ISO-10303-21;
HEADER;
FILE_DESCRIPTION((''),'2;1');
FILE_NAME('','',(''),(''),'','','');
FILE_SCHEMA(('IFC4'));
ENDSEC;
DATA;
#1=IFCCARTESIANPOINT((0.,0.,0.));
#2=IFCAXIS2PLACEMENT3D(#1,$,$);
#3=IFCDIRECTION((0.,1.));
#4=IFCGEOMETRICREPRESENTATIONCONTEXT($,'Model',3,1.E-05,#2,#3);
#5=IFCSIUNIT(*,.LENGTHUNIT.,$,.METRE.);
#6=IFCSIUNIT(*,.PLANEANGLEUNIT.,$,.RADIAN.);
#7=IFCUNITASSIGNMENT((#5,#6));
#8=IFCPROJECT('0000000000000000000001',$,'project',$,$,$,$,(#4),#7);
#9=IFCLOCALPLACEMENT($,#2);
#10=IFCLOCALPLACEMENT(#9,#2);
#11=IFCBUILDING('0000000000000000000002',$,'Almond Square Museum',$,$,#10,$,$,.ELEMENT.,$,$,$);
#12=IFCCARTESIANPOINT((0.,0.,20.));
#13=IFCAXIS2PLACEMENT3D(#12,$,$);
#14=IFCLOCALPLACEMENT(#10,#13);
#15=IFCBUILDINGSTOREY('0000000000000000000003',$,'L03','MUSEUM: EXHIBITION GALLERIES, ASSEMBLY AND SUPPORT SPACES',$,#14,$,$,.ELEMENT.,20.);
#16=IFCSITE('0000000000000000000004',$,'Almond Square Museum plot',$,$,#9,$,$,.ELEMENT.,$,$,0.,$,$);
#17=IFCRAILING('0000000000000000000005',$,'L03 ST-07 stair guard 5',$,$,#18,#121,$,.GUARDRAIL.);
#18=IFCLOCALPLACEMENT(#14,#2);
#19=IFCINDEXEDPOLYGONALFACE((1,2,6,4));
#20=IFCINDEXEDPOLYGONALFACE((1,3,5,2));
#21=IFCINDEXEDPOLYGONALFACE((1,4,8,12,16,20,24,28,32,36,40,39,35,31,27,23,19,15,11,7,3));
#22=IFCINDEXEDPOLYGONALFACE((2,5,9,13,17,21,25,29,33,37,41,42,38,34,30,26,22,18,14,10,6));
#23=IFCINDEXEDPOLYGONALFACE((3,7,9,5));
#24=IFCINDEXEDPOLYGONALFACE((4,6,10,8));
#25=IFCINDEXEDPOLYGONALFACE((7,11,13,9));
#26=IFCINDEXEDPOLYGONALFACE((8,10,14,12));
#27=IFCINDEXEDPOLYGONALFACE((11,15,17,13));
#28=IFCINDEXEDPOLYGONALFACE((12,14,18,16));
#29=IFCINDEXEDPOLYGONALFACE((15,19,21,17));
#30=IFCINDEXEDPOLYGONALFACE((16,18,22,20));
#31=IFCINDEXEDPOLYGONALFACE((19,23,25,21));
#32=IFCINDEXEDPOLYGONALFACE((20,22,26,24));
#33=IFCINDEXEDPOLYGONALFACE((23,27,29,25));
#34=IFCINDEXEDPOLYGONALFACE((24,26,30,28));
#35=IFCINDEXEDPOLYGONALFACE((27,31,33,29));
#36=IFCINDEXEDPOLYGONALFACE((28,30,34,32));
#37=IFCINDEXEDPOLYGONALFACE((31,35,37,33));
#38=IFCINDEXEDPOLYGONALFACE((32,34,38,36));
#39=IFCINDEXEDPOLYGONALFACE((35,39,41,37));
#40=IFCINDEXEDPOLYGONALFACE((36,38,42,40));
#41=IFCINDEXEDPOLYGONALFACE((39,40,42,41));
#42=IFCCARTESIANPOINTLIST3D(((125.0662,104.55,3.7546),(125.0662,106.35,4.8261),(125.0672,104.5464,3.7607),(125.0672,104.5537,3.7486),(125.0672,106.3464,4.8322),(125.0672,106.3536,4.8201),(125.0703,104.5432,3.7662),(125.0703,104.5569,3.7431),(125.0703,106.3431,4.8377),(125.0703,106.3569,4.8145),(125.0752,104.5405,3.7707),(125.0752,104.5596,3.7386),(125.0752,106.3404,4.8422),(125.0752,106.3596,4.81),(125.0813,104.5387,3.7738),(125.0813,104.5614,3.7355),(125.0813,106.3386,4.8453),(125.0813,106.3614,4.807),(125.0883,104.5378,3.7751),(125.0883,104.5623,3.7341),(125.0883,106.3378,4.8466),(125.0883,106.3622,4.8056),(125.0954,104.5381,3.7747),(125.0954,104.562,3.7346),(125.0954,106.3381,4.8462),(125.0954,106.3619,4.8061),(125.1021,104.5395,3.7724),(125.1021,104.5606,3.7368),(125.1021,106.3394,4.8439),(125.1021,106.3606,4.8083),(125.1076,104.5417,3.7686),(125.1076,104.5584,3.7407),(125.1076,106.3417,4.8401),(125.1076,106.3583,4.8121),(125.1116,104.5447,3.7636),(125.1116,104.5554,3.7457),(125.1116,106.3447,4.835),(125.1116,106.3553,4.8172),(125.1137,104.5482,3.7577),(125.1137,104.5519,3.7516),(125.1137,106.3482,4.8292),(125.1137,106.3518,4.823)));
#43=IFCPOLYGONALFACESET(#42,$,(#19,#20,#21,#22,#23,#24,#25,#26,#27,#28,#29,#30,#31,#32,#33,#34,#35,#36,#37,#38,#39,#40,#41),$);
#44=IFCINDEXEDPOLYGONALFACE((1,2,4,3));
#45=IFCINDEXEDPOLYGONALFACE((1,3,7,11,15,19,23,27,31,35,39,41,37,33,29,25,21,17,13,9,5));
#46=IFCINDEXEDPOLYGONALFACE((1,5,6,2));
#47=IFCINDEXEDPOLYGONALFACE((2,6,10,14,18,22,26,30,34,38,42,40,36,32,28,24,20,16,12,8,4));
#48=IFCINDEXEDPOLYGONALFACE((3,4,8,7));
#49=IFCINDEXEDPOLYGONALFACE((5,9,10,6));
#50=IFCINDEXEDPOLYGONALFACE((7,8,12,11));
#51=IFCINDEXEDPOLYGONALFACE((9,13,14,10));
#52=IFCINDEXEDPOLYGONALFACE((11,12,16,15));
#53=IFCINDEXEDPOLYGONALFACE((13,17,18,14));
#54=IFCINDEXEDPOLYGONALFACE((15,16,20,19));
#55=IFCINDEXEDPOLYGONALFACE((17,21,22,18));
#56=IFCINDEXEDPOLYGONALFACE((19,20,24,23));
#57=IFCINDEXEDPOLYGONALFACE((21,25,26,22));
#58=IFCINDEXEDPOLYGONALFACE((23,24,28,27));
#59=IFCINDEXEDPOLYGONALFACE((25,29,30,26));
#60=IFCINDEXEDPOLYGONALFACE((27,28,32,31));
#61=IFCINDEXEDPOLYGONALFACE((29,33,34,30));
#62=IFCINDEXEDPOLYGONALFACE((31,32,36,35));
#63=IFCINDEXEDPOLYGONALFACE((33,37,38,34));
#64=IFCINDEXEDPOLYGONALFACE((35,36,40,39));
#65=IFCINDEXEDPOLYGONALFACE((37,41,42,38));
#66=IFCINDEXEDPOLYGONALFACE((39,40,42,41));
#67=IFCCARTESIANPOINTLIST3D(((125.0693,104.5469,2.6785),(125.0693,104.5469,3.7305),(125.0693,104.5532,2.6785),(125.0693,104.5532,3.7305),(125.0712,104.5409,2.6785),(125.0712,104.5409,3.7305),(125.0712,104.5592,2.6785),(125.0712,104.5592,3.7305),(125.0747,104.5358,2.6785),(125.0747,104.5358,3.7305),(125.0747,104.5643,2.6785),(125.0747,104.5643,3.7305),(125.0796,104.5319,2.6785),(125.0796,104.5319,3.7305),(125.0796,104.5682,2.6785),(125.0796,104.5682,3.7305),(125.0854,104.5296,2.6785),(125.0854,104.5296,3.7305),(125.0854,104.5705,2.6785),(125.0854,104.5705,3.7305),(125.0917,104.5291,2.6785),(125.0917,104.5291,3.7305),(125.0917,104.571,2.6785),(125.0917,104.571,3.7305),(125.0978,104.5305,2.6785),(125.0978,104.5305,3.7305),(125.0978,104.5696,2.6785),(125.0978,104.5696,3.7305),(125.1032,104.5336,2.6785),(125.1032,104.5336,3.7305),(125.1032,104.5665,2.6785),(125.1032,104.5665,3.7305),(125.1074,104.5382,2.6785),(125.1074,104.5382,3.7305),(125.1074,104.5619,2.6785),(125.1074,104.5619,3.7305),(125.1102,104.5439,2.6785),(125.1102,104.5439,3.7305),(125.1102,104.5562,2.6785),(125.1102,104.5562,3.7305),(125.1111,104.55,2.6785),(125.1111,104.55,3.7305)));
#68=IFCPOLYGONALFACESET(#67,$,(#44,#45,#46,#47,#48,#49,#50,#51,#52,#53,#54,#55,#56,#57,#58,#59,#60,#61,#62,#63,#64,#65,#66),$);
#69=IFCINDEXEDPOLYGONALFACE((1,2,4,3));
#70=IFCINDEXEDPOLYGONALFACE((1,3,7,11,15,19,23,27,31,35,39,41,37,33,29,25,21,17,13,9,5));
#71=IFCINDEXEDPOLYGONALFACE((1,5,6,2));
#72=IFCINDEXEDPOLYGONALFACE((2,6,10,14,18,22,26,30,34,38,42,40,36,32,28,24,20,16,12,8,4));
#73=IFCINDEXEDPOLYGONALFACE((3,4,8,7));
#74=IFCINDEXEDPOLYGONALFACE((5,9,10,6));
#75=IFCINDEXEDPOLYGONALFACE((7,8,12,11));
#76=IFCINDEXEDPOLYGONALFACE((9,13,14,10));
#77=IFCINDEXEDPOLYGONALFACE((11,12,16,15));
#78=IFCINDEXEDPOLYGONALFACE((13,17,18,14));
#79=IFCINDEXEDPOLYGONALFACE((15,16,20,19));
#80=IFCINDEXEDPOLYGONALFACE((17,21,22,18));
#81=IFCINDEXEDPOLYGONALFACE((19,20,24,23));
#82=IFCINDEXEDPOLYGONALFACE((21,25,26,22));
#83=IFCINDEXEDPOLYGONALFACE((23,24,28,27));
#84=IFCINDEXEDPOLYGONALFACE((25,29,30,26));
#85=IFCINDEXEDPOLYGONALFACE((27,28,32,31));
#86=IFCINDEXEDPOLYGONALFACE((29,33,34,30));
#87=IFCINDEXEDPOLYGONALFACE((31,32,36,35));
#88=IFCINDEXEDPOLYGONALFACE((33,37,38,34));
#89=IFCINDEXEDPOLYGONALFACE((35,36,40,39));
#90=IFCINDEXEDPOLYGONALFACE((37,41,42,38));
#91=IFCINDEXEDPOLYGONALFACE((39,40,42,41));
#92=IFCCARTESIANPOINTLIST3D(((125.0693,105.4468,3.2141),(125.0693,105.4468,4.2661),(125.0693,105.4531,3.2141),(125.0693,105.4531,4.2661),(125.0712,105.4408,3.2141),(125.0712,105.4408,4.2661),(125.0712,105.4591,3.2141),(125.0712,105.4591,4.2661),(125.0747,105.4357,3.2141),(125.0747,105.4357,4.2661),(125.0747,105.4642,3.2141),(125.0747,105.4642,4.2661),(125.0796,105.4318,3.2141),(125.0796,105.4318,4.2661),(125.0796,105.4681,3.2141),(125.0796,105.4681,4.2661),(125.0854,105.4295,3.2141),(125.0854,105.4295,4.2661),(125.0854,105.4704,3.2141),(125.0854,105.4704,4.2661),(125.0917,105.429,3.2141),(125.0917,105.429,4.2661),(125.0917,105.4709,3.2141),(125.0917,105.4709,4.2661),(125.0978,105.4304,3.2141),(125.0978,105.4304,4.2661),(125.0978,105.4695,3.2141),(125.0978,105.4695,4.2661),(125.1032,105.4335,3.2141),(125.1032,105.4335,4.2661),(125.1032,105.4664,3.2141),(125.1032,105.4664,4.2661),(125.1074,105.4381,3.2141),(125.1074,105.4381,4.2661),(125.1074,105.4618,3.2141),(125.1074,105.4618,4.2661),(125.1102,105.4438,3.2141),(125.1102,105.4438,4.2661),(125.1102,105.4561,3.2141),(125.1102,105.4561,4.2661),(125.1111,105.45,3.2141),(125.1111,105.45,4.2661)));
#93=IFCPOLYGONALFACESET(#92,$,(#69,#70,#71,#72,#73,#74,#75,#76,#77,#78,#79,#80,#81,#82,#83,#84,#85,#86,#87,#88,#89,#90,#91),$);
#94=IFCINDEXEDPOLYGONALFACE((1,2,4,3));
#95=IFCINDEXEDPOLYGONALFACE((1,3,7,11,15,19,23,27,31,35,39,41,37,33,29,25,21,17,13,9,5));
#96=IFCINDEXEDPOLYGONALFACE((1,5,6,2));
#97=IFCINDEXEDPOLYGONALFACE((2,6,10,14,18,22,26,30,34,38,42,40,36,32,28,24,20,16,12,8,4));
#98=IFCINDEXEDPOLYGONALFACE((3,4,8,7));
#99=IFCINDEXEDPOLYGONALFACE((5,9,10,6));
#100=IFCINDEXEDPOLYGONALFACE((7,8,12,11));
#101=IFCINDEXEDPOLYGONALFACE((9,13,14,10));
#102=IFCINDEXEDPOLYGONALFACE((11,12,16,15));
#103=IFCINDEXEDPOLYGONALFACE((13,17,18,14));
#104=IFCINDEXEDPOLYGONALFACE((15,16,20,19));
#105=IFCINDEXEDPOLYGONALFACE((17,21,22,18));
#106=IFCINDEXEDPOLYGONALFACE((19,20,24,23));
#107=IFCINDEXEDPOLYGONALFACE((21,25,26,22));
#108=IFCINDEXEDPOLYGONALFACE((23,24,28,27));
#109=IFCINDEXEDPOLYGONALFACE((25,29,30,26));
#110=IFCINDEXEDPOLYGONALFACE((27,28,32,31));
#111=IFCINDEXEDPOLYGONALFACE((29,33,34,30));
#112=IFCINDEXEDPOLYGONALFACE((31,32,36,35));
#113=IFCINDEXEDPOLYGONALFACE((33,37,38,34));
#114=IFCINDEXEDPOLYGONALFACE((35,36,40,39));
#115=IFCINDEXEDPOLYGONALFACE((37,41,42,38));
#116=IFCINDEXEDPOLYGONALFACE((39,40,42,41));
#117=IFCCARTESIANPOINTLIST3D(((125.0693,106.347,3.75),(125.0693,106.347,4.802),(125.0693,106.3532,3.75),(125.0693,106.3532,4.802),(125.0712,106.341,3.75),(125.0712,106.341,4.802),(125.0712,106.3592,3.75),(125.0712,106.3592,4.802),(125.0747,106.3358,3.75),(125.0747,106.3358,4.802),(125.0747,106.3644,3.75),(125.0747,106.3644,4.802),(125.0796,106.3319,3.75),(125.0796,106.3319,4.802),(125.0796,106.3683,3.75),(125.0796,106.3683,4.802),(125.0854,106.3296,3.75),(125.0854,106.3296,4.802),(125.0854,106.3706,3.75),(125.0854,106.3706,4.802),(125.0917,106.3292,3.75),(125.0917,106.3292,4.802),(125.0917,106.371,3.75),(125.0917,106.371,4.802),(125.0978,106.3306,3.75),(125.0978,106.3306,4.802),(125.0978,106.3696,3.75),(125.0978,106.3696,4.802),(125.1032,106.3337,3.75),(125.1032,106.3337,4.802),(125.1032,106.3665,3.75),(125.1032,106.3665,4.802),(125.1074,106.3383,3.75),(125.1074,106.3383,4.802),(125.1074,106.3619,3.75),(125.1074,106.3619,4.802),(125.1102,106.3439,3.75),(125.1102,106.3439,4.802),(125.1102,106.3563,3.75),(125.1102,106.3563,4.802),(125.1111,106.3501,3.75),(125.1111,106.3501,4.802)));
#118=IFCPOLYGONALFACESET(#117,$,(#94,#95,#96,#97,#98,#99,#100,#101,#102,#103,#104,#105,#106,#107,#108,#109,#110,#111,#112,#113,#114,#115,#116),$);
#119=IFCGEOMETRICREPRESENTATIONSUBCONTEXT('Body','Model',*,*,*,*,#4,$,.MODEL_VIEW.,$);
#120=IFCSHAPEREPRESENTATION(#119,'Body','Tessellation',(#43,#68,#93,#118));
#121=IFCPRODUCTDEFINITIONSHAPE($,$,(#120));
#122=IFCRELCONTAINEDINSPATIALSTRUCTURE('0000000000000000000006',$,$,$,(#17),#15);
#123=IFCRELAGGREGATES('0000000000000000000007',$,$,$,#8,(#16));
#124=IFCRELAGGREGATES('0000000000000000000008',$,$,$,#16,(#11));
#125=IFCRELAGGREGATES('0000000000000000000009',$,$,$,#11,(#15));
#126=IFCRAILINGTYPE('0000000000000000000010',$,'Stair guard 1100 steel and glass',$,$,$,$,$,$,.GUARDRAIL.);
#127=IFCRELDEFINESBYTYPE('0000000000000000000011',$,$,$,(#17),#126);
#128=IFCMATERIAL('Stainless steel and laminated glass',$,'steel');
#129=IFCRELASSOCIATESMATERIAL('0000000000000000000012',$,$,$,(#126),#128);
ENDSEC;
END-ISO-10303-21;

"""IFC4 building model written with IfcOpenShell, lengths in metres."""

from ifc_helpers import new_model, si_unit, direction, frame, origin, origin_2d, place, context, subcontext, project, spatial, circle, extrude, material, type_object, element, save


model = new_model("IFC4")

# Units and contexts
model_context = context("Model", 3, precision=1e-05, world=origin(), true_north=direction((0.0, 1.0)))
body_context = subcontext(model_context, "Body", "Model", "MODEL_VIEW")
ifc_project = project(units=[si_unit("LENGTHUNIT", "METRE"), si_unit("PLANEANGLEUNIT", "RADIAN")], contexts=[model_context])

# Site, building, storey
site_placement = place(None, origin())
site = spatial("IfcSite", under=ifc_project, at=site_placement, Name="Almond Square Museum plot", CompositionType="ELEMENT", RefElevation=0.0)
building_placement = place(site_placement, origin())
building = spatial("IfcBuilding", under=site, at=building_placement, Name="Almond Square Museum", CompositionType="ELEMENT")
storey_placement = place(building_placement, frame((0.0, 0.0, 20.0)))
storey = spatial("IfcBuildingStorey", under=building, at=storey_placement, Name="L03", Description="MUSEUM: EXHIBITION GALLERIES, ASSEMBLY AND SUPPORT SPACES", CompositionType="ELEMENT", Elevation=20.0)

# Railing
ifc_material_1 = material(Name="Stainless steel and laminated glass", Category="steel")
railing_type_1 = type_object("IfcRailingType", Name="Stair guard 1100 steel and glass", PredefinedType="GUARDRAIL", material=ifc_material_1)
railing_1_placement = place(storey_placement, frame((125.0901, 104.55, 2.6785)))
element("IfcRailing", 1, at=railing_1_placement, inside=storey, type_object=railing_type_1, Name="L03 ST-07 stair guard 5", PredefinedType="GUARDRAIL", context=body_context, shape_type="SweptSolid", body=[
    extrude(circle(Radius=0.0239, at=origin_2d()), frame((0.0, 0.0, 1.0762), z_axis=(0.0, 0.859277, 0.51151), x_axis=(-1.0, 0.0, 0.0)), (0.0, 0.0, 1.0), 2.0947),
    extrude(circle(Radius=0.021, at=origin_2d()), origin(), (0.0, 0.0, 1.0), 1.052),
    extrude(circle(Radius=0.021, at=origin_2d()), frame((0.0, 0.8999, 0.5356)), (0.0, 0.0, 1.0), 1.052),
    extrude(circle(Radius=0.021, at=origin_2d()), frame((0.0, 1.8, 1.0715)), (0.0, 0.0, 1.0), 1.052),
])

save(model, "model.ifc")
